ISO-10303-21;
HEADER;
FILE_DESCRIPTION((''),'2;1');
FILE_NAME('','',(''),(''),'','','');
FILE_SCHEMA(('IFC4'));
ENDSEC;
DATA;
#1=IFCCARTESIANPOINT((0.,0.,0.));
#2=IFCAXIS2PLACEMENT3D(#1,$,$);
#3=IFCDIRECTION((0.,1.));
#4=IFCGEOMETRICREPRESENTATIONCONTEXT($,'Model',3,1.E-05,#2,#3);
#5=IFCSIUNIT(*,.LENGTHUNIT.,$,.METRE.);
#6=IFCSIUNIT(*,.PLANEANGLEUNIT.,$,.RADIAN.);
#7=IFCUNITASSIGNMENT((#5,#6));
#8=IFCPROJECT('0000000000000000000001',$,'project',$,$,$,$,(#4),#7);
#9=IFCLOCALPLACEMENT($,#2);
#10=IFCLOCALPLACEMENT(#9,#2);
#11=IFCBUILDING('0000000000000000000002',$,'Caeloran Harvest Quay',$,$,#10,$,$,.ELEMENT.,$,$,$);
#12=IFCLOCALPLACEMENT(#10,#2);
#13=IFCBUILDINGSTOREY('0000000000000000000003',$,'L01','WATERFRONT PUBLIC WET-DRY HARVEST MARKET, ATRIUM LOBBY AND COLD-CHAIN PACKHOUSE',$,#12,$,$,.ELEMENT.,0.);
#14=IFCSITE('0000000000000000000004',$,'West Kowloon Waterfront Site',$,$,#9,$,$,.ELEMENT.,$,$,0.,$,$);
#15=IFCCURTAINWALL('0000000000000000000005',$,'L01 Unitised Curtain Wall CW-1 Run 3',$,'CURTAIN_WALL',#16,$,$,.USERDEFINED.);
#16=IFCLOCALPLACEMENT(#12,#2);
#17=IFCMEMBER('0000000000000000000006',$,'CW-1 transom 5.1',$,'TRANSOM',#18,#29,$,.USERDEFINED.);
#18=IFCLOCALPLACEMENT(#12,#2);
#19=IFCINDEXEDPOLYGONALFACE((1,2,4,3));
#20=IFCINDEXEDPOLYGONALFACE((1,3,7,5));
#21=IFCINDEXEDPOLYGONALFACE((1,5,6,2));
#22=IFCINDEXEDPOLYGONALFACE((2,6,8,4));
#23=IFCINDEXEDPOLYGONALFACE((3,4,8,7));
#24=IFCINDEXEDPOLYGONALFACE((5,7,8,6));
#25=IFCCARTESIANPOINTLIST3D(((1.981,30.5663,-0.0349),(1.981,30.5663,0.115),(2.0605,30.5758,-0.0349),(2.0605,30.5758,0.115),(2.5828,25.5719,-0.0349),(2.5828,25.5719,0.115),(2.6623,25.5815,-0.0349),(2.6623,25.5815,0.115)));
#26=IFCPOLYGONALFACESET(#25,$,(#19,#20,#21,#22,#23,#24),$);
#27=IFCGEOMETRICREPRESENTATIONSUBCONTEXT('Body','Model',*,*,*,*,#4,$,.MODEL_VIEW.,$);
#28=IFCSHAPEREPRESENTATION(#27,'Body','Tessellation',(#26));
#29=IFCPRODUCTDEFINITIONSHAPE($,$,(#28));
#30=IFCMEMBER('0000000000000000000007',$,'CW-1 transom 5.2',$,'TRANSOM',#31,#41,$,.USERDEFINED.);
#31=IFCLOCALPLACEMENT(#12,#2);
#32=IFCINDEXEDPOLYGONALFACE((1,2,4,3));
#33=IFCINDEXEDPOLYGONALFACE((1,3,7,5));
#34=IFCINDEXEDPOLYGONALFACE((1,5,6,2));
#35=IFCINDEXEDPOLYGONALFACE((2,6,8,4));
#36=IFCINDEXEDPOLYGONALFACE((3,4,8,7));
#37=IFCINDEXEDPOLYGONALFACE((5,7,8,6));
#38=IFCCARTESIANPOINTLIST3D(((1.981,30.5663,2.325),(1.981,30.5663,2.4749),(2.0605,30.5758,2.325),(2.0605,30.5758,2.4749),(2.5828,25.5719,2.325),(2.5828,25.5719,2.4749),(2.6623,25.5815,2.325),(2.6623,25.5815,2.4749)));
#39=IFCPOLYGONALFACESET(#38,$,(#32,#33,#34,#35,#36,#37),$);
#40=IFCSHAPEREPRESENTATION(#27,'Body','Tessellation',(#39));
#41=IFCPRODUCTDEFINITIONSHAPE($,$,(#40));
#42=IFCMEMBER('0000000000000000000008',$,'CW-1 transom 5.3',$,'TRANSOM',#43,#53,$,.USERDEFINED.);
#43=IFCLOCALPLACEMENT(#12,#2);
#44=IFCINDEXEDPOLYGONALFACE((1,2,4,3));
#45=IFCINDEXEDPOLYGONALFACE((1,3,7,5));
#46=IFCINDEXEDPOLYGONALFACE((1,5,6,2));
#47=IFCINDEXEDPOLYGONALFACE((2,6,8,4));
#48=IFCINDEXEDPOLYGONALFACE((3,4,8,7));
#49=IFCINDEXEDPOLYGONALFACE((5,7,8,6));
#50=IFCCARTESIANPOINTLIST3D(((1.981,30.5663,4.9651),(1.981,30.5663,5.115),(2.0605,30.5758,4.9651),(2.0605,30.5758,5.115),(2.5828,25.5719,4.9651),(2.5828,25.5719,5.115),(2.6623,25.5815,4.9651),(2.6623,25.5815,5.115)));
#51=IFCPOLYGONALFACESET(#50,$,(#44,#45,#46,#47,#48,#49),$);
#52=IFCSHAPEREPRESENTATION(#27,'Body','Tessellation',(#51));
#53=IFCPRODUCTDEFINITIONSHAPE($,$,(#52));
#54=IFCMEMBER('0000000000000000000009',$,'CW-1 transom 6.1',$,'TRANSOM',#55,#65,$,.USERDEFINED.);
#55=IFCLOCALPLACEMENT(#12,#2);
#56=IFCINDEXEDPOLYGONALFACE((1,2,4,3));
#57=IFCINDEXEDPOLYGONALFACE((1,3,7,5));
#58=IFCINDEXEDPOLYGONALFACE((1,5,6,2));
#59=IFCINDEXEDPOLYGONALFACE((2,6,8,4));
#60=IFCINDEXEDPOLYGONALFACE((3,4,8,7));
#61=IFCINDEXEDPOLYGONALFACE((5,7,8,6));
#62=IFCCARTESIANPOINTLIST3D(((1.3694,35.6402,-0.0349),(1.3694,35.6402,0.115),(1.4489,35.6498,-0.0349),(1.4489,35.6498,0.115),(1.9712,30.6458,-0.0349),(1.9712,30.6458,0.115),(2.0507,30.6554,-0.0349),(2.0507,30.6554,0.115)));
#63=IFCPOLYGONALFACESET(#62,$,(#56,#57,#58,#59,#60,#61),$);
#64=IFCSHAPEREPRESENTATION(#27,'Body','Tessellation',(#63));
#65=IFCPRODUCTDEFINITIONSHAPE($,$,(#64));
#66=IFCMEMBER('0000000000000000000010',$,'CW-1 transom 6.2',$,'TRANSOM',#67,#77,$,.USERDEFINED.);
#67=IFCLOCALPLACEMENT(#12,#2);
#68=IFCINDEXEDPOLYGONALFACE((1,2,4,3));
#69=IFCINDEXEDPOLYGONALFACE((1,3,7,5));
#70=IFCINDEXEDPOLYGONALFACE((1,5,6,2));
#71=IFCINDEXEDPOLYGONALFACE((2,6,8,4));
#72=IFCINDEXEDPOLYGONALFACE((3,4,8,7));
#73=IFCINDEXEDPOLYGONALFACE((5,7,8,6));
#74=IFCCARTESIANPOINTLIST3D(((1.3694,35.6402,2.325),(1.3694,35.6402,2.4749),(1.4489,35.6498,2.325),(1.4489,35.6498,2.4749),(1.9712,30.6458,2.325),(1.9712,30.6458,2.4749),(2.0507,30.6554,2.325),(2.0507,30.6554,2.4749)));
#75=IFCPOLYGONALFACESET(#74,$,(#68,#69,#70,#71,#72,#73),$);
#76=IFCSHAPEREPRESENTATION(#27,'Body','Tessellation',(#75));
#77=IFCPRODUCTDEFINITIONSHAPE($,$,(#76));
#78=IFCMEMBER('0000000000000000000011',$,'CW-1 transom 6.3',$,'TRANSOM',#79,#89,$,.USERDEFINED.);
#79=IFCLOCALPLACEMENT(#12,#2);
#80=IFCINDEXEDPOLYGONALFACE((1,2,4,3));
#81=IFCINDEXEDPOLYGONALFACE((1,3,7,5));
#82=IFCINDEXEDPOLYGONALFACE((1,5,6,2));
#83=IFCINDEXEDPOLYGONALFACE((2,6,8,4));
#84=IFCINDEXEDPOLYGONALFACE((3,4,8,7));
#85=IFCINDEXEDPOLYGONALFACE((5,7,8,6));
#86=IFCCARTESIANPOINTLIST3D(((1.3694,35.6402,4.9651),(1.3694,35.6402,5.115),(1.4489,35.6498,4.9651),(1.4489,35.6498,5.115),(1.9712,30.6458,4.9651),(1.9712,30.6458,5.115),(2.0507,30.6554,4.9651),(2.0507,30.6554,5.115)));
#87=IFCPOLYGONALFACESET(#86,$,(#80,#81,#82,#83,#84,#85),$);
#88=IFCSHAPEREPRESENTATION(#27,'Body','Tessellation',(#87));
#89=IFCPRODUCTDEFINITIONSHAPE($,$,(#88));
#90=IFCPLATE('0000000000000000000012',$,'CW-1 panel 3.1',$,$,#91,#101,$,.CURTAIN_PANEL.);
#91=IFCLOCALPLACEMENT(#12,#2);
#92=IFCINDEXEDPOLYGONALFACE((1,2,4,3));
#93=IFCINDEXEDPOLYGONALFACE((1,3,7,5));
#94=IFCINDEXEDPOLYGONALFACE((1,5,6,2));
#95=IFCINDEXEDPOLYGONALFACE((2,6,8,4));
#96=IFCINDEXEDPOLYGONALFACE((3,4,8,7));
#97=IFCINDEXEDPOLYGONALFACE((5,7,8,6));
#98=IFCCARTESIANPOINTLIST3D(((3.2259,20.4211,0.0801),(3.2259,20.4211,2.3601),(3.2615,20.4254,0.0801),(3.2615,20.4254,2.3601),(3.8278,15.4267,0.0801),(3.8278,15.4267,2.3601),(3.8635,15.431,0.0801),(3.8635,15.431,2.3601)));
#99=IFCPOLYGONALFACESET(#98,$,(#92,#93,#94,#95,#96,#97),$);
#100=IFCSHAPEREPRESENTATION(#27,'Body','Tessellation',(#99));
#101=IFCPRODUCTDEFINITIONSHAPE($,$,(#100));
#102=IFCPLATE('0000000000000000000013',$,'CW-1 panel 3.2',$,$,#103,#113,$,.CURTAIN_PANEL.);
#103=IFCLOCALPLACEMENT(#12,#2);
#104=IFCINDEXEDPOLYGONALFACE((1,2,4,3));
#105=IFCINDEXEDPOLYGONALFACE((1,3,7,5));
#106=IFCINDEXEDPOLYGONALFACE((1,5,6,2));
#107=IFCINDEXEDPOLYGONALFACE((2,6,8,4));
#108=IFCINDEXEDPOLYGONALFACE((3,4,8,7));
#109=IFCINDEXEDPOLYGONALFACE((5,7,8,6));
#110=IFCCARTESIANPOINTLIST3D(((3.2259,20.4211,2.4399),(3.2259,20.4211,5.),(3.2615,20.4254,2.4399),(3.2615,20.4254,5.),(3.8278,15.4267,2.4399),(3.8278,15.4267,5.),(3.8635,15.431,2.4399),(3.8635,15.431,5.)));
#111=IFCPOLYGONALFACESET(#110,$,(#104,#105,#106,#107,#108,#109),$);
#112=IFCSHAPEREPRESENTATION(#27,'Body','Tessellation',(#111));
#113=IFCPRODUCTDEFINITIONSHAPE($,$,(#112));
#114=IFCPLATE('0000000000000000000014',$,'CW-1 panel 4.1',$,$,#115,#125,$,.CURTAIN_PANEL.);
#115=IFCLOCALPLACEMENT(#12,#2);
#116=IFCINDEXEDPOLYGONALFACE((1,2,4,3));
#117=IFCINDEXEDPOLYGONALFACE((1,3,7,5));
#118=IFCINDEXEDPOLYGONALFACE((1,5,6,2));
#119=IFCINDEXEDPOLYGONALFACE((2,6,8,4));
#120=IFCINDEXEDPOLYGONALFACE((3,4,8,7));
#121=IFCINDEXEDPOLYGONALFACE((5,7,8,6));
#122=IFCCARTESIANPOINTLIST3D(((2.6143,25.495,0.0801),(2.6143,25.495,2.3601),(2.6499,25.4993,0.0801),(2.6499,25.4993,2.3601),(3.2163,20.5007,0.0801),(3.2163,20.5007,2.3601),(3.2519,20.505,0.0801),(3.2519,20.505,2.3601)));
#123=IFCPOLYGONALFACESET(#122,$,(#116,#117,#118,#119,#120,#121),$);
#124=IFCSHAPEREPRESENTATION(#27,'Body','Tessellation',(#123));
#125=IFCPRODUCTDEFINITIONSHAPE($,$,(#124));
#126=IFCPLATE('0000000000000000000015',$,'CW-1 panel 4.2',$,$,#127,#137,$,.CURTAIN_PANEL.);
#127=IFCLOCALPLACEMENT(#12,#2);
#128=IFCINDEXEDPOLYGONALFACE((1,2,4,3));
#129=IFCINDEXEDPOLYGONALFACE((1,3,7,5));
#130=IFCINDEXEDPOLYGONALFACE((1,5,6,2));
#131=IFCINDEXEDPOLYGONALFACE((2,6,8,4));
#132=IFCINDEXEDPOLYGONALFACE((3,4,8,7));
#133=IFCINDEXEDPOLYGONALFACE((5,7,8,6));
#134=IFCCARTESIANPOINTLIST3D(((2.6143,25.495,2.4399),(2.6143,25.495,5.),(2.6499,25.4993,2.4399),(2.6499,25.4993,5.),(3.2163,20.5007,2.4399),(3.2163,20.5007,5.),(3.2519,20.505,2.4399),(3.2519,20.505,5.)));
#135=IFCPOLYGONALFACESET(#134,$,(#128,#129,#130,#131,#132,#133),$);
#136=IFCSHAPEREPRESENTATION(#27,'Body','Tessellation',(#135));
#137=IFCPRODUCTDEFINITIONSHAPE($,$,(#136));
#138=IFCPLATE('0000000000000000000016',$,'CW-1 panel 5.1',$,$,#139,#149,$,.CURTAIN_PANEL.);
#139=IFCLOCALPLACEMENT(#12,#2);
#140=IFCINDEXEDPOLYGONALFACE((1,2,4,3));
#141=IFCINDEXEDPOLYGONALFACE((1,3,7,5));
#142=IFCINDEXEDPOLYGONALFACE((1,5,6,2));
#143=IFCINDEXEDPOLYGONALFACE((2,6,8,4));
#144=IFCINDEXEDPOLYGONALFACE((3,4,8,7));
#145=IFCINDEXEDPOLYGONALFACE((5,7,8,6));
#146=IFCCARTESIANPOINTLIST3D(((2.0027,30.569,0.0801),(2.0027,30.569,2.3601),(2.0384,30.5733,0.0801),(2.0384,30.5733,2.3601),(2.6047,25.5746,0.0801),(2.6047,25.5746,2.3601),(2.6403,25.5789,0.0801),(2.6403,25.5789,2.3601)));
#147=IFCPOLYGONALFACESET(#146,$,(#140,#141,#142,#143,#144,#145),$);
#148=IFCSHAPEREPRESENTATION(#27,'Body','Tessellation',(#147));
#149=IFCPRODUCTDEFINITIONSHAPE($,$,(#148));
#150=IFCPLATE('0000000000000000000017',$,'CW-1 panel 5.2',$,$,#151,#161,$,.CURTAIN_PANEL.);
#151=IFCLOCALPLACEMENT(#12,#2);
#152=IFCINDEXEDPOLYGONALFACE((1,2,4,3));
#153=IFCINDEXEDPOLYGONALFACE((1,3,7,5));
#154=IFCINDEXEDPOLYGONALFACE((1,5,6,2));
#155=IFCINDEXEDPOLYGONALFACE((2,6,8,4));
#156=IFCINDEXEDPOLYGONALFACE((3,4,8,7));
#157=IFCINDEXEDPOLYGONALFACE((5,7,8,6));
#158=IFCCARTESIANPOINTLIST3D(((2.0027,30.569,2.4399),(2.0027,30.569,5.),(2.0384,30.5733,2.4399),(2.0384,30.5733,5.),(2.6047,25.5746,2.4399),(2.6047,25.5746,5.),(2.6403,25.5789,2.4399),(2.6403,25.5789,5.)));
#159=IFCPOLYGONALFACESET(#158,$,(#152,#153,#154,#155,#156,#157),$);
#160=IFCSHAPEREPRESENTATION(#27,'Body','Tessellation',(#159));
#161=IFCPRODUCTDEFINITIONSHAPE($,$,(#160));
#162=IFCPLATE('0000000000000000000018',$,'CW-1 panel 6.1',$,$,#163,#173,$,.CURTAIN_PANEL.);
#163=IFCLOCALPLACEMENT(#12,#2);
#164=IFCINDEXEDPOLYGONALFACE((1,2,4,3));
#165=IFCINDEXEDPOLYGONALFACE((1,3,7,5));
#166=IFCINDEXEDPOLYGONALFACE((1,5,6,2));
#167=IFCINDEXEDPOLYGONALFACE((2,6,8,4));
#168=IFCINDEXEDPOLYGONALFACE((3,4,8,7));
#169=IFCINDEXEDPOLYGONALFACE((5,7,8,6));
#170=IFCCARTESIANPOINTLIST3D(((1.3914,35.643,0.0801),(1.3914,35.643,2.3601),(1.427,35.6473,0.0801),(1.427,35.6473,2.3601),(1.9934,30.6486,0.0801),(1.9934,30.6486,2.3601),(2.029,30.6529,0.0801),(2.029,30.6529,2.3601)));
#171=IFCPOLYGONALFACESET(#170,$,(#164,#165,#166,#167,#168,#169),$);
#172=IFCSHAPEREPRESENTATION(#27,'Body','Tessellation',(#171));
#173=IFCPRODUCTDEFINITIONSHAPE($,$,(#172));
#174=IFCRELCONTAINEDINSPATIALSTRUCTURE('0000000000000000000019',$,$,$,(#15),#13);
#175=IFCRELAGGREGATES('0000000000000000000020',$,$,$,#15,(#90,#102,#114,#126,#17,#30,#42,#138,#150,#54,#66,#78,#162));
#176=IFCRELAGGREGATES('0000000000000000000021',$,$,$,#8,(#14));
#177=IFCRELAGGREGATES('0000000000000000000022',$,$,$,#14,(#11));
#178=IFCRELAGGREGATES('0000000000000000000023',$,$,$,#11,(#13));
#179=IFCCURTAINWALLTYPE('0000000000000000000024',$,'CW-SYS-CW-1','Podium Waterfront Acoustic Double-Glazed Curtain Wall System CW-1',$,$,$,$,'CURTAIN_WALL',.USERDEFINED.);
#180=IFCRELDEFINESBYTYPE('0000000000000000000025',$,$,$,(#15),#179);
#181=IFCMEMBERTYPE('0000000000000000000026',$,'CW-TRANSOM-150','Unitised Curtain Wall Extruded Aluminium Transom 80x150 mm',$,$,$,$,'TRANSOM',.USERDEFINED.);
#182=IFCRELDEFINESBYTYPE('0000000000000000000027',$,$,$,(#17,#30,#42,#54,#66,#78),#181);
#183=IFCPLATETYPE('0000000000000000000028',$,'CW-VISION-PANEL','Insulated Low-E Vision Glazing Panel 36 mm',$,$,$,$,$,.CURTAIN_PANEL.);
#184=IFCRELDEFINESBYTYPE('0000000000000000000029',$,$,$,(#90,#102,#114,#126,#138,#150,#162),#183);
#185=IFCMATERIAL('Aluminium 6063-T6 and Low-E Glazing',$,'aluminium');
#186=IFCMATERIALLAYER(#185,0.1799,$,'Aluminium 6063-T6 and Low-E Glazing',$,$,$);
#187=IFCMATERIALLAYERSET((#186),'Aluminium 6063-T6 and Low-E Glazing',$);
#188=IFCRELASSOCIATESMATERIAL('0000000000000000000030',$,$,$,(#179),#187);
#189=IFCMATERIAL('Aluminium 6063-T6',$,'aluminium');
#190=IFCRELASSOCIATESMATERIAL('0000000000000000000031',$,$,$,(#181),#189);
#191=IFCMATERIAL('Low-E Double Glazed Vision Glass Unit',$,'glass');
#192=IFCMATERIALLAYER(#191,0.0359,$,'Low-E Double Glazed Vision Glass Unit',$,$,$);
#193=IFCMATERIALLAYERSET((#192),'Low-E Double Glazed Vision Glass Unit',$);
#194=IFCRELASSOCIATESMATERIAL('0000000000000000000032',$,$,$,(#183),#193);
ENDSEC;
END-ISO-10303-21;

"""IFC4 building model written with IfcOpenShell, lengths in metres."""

from ifc_helpers import new_model, si_unit, direction, frame, origin, origin_2d, place, context, subcontext, project, spatial, rectangle, extrude, material, layer, layer_set, material_profile, profile_set, type_object, element, aggregate, save


model = new_model("IFC4")

# Units and contexts
model_context = context("Model", 3, precision=1e-05, world=origin(), true_north=direction((0.0, 1.0)))
body_context = subcontext(model_context, "Body", "Model", "MODEL_VIEW")
ifc_project = project(units=[si_unit("LENGTHUNIT", "METRE"), si_unit("PLANEANGLEUNIT", "RADIAN")], contexts=[model_context])

# Site, building, storey
site_placement = place(None, origin())
site = spatial("IfcSite", under=ifc_project, at=site_placement, Name="West Kowloon Waterfront Site", CompositionType="ELEMENT", RefElevation=0.0)
building_placement = place(site_placement, origin())
building = spatial("IfcBuilding", under=site, at=building_placement, Name="Caeloran Harvest Quay", CompositionType="ELEMENT")
storey_placement = place(building_placement, origin())
storey = spatial("IfcBuildingStorey", under=building, at=storey_placement, Name="L01", Description="WATERFRONT PUBLIC WET-DRY HARVEST MARKET, ATRIUM LOBBY AND COLD-CHAIN PACKHOUSE", CompositionType="ELEMENT", Elevation=0.0)

# Curtain wall, members, plates
ifc_material_1 = material(Name="Aluminium 6063-T6 and Low-E Glazing", Category="aluminium")
ifc_layer_1 = layer(ifc_material_1, 0.1799, Name="Aluminium 6063-T6 and Low-E Glazing")
ifc_layer_set_1 = layer_set([ifc_layer_1], Name="Aluminium 6063-T6 and Low-E Glazing")
curtain_wall_type = type_object("IfcCurtainWallType", Name="CW-SYS-CW-1", Description="Podium Waterfront Acoustic Double-Glazed Curtain Wall System CW-1", ElementType="CURTAIN_WALL", PredefinedType="USERDEFINED", material=ifc_layer_set_1)
curtain_wall_placement = place(storey_placement, origin())
curtain_wall = element("IfcCurtainWall", 1, at=curtain_wall_placement, inside=storey, type_object=curtain_wall_type, Name="L01 Unitised Curtain Wall CW-1 Run 3", ObjectType="CURTAIN_WALL", PredefinedType="USERDEFINED")
ifc_material_2 = material(Name="Aluminium 6063-T6", Category="aluminium")
ifc_material_profile_1 = material_profile(ifc_material_2, rectangle(XDim=0.0801, YDim=0.1499, at=origin_2d()), Name="CW-TRANSOM-150")
ifc_profile_set_1 = profile_set([ifc_material_profile_1], Name="Aluminium 6063-T6")
member_type_1 = type_object("IfcMemberType", Name="CW-TRANSOM-150", Description="Unitised Curtain Wall Extruded Aluminium Transom 80x150 mm", ElementType="TRANSOM", PredefinedType="USERDEFINED", material=ifc_profile_set_1)
member_1_placement = place(storey_placement, frame((2.6226, 25.5767, 0.04), z_axis=(-0.119631, 0.992818, 0.0), x_axis=(-0.992818, -0.119631, 0.0)))
member_1 = element("IfcMember", 2, at=member_1_placement, type_object=member_type_1, Name="CW-1 transom 5.1", ObjectType="TRANSOM", PredefinedType="USERDEFINED", context=body_context, shape_type="SweptSolid", body=[
    extrude(rectangle(XDim=0.0801, YDim=0.1499, at=origin_2d()), origin(), (0.0, 0.0, 1.0), 5.0305),
])
member_2_placement = place(storey_placement, frame((2.6226, 25.5767, 2.3999), z_axis=(-0.119631, 0.992818, 0.0), x_axis=(-0.992818, -0.119631, 0.0)))
member_2 = element("IfcMember", 3, at=member_2_placement, type_object=member_type_1, Name="CW-1 transom 5.2", ObjectType="TRANSOM", PredefinedType="USERDEFINED", context=body_context, shape_type="SweptSolid", body=[
    extrude(rectangle(XDim=0.0801, YDim=0.1499, at=origin_2d()), origin(), (0.0, 0.0, 1.0), 5.0305),
])
member_3_placement = place(storey_placement, frame((2.6226, 25.5767, 5.04), z_axis=(-0.119631, 0.992818, 0.0), x_axis=(-0.992818, -0.119631, 0.0)))
member_3 = element("IfcMember", 4, at=member_3_placement, type_object=member_type_1, Name="CW-1 transom 5.3", ObjectType="TRANSOM", PredefinedType="USERDEFINED", context=body_context, shape_type="SweptSolid", body=[
    extrude(rectangle(XDim=0.0801, YDim=0.1499, at=origin_2d()), origin(), (0.0, 0.0, 1.0), 5.0305),
])
member_4_placement = place(storey_placement, frame((2.011, 30.6506, 0.04), z_axis=(-0.119631, 0.992818, 0.0), x_axis=(-0.992818, -0.119631, 0.0)))
member_4 = element("IfcMember", 5, at=member_4_placement, type_object=member_type_1, Name="CW-1 transom 6.1", ObjectType="TRANSOM", PredefinedType="USERDEFINED", context=body_context, shape_type="SweptSolid", body=[
    extrude(rectangle(XDim=0.0801, YDim=0.1499, at=origin_2d()), origin(), (0.0, 0.0, 1.0), 5.0305),
])
member_5_placement = place(storey_placement, frame((2.011, 30.6506, 2.3999), z_axis=(-0.119631, 0.992818, 0.0), x_axis=(-0.992818, -0.119631, 0.0)))
member_5 = element("IfcMember", 6, at=member_5_placement, type_object=member_type_1, Name="CW-1 transom 6.2", ObjectType="TRANSOM", PredefinedType="USERDEFINED", context=body_context, shape_type="SweptSolid", body=[
    extrude(rectangle(XDim=0.0801, YDim=0.1499, at=origin_2d()), origin(), (0.0, 0.0, 1.0), 5.0305),
])
member_6_placement = place(storey_placement, frame((2.011, 30.6506, 5.04), z_axis=(-0.119631, 0.992818, 0.0), x_axis=(-0.992818, -0.119631, 0.0)))
member_6 = element("IfcMember", 7, at=member_6_placement, type_object=member_type_1, Name="CW-1 transom 6.3", ObjectType="TRANSOM", PredefinedType="USERDEFINED", context=body_context, shape_type="SweptSolid", body=[
    extrude(rectangle(XDim=0.0801, YDim=0.1499, at=origin_2d()), origin(), (0.0, 0.0, 1.0), 5.0305),
])
ifc_material_3 = material(Name="Low-E Double Glazed Vision Glass Unit", Category="glass")
ifc_layer_2 = layer(ifc_material_3, 0.0359, Name="Low-E Double Glazed Vision Glass Unit")
ifc_layer_set_2 = layer_set([ifc_layer_2], Name="Low-E Double Glazed Vision Glass Unit")
plate_type = type_object("IfcPlateType", Name="CW-VISION-PANEL", Description="Insulated Low-E Vision Glazing Panel 36 mm", PredefinedType="CURTAIN_PANEL", material=ifc_layer_set_2)
plate_1_placement = place(storey_placement, frame((3.5447, 17.926, 0.0801), z_axis=(0.0, 0.0, 1.0), x_axis=(-0.119658, 0.992815, 0.0)))
plate_1 = element("IfcPlate", 8, at=plate_1_placement, type_object=plate_type, Name="CW-1 panel 3.1", PredefinedType="CURTAIN_PANEL", context=body_context, shape_type="SweptSolid", body=[
    extrude(rectangle(XDim=5.0305, YDim=0.0359, at=origin_2d()), origin(), (0.0, 0.0, 1.0), 2.28),
])
plate_2_placement = place(storey_placement, frame((3.5447, 17.926, 2.4399), z_axis=(0.0, 0.0, 1.0), x_axis=(-0.119658, 0.992815, 0.0)))
plate_2 = element("IfcPlate", 9, at=plate_2_placement, type_object=plate_type, Name="CW-1 panel 3.2", PredefinedType="CURTAIN_PANEL", context=body_context, shape_type="SweptSolid", body=[
    extrude(rectangle(XDim=5.0305, YDim=0.0359, at=origin_2d()), origin(), (0.0, 0.0, 1.0), 2.5601),
])
plate_3_placement = place(storey_placement, frame((2.9331, 23.0, 0.0801), z_axis=(0.0, 0.0, 1.0), x_axis=(-0.119658, 0.992815, 0.0)))
plate_3 = element("IfcPlate", 10, at=plate_3_placement, type_object=plate_type, Name="CW-1 panel 4.1", PredefinedType="CURTAIN_PANEL", context=body_context, shape_type="SweptSolid", body=[
    extrude(rectangle(XDim=5.0305, YDim=0.0359, at=origin_2d()), origin(), (0.0, 0.0, 1.0), 2.28),
])
plate_4_placement = place(storey_placement, frame((2.9331, 23.0, 2.4399), z_axis=(0.0, 0.0, 1.0), x_axis=(-0.119658, 0.992815, 0.0)))
plate_4 = element("IfcPlate", 11, at=plate_4_placement, type_object=plate_type, Name="CW-1 panel 4.2", PredefinedType="CURTAIN_PANEL", context=body_context, shape_type="SweptSolid", body=[
    extrude(rectangle(XDim=5.0305, YDim=0.0359, at=origin_2d()), origin(), (0.0, 0.0, 1.0), 2.5601),
])
plate_5_placement = place(storey_placement, frame((2.3215, 28.074, 0.0801), z_axis=(0.0, 0.0, 1.0), x_axis=(-0.119658, 0.992815, 0.0)))
plate_5 = element("IfcPlate", 12, at=plate_5_placement, type_object=plate_type, Name="CW-1 panel 5.1", PredefinedType="CURTAIN_PANEL", context=body_context, shape_type="SweptSolid", body=[
    extrude(rectangle(XDim=5.0305, YDim=0.0359, at=origin_2d()), origin(), (0.0, 0.0, 1.0), 2.28),
])
plate_6_placement = place(storey_placement, frame((2.3215, 28.074, 2.4399), z_axis=(0.0, 0.0, 1.0), x_axis=(-0.119658, 0.992815, 0.0)))
plate_6 = element("IfcPlate", 13, at=plate_6_placement, type_object=plate_type, Name="CW-1 panel 5.2", PredefinedType="CURTAIN_PANEL", context=body_context, shape_type="SweptSolid", body=[
    extrude(rectangle(XDim=5.0305, YDim=0.0359, at=origin_2d()), origin(), (0.0, 0.0, 1.0), 2.5601),
])
plate_7_placement = place(storey_placement, frame((1.7102, 33.1479, 0.0801), z_axis=(0.0, 0.0, 1.0), x_axis=(-0.119658, 0.992815, 0.0)))
plate_7 = element("IfcPlate", 14, at=plate_7_placement, type_object=plate_type, Name="CW-1 panel 6.1", PredefinedType="CURTAIN_PANEL", context=body_context, shape_type="SweptSolid", body=[
    extrude(rectangle(XDim=5.0305, YDim=0.0359, at=origin_2d()), origin(), (0.0, 0.0, 1.0), 2.28),
])
aggregate(curtain_wall, [plate_1, plate_2, plate_3, plate_4, member_1, member_2, member_3, plate_5, plate_6, member_4, member_5, member_6, plate_7])

save(model, "model.ifc")
